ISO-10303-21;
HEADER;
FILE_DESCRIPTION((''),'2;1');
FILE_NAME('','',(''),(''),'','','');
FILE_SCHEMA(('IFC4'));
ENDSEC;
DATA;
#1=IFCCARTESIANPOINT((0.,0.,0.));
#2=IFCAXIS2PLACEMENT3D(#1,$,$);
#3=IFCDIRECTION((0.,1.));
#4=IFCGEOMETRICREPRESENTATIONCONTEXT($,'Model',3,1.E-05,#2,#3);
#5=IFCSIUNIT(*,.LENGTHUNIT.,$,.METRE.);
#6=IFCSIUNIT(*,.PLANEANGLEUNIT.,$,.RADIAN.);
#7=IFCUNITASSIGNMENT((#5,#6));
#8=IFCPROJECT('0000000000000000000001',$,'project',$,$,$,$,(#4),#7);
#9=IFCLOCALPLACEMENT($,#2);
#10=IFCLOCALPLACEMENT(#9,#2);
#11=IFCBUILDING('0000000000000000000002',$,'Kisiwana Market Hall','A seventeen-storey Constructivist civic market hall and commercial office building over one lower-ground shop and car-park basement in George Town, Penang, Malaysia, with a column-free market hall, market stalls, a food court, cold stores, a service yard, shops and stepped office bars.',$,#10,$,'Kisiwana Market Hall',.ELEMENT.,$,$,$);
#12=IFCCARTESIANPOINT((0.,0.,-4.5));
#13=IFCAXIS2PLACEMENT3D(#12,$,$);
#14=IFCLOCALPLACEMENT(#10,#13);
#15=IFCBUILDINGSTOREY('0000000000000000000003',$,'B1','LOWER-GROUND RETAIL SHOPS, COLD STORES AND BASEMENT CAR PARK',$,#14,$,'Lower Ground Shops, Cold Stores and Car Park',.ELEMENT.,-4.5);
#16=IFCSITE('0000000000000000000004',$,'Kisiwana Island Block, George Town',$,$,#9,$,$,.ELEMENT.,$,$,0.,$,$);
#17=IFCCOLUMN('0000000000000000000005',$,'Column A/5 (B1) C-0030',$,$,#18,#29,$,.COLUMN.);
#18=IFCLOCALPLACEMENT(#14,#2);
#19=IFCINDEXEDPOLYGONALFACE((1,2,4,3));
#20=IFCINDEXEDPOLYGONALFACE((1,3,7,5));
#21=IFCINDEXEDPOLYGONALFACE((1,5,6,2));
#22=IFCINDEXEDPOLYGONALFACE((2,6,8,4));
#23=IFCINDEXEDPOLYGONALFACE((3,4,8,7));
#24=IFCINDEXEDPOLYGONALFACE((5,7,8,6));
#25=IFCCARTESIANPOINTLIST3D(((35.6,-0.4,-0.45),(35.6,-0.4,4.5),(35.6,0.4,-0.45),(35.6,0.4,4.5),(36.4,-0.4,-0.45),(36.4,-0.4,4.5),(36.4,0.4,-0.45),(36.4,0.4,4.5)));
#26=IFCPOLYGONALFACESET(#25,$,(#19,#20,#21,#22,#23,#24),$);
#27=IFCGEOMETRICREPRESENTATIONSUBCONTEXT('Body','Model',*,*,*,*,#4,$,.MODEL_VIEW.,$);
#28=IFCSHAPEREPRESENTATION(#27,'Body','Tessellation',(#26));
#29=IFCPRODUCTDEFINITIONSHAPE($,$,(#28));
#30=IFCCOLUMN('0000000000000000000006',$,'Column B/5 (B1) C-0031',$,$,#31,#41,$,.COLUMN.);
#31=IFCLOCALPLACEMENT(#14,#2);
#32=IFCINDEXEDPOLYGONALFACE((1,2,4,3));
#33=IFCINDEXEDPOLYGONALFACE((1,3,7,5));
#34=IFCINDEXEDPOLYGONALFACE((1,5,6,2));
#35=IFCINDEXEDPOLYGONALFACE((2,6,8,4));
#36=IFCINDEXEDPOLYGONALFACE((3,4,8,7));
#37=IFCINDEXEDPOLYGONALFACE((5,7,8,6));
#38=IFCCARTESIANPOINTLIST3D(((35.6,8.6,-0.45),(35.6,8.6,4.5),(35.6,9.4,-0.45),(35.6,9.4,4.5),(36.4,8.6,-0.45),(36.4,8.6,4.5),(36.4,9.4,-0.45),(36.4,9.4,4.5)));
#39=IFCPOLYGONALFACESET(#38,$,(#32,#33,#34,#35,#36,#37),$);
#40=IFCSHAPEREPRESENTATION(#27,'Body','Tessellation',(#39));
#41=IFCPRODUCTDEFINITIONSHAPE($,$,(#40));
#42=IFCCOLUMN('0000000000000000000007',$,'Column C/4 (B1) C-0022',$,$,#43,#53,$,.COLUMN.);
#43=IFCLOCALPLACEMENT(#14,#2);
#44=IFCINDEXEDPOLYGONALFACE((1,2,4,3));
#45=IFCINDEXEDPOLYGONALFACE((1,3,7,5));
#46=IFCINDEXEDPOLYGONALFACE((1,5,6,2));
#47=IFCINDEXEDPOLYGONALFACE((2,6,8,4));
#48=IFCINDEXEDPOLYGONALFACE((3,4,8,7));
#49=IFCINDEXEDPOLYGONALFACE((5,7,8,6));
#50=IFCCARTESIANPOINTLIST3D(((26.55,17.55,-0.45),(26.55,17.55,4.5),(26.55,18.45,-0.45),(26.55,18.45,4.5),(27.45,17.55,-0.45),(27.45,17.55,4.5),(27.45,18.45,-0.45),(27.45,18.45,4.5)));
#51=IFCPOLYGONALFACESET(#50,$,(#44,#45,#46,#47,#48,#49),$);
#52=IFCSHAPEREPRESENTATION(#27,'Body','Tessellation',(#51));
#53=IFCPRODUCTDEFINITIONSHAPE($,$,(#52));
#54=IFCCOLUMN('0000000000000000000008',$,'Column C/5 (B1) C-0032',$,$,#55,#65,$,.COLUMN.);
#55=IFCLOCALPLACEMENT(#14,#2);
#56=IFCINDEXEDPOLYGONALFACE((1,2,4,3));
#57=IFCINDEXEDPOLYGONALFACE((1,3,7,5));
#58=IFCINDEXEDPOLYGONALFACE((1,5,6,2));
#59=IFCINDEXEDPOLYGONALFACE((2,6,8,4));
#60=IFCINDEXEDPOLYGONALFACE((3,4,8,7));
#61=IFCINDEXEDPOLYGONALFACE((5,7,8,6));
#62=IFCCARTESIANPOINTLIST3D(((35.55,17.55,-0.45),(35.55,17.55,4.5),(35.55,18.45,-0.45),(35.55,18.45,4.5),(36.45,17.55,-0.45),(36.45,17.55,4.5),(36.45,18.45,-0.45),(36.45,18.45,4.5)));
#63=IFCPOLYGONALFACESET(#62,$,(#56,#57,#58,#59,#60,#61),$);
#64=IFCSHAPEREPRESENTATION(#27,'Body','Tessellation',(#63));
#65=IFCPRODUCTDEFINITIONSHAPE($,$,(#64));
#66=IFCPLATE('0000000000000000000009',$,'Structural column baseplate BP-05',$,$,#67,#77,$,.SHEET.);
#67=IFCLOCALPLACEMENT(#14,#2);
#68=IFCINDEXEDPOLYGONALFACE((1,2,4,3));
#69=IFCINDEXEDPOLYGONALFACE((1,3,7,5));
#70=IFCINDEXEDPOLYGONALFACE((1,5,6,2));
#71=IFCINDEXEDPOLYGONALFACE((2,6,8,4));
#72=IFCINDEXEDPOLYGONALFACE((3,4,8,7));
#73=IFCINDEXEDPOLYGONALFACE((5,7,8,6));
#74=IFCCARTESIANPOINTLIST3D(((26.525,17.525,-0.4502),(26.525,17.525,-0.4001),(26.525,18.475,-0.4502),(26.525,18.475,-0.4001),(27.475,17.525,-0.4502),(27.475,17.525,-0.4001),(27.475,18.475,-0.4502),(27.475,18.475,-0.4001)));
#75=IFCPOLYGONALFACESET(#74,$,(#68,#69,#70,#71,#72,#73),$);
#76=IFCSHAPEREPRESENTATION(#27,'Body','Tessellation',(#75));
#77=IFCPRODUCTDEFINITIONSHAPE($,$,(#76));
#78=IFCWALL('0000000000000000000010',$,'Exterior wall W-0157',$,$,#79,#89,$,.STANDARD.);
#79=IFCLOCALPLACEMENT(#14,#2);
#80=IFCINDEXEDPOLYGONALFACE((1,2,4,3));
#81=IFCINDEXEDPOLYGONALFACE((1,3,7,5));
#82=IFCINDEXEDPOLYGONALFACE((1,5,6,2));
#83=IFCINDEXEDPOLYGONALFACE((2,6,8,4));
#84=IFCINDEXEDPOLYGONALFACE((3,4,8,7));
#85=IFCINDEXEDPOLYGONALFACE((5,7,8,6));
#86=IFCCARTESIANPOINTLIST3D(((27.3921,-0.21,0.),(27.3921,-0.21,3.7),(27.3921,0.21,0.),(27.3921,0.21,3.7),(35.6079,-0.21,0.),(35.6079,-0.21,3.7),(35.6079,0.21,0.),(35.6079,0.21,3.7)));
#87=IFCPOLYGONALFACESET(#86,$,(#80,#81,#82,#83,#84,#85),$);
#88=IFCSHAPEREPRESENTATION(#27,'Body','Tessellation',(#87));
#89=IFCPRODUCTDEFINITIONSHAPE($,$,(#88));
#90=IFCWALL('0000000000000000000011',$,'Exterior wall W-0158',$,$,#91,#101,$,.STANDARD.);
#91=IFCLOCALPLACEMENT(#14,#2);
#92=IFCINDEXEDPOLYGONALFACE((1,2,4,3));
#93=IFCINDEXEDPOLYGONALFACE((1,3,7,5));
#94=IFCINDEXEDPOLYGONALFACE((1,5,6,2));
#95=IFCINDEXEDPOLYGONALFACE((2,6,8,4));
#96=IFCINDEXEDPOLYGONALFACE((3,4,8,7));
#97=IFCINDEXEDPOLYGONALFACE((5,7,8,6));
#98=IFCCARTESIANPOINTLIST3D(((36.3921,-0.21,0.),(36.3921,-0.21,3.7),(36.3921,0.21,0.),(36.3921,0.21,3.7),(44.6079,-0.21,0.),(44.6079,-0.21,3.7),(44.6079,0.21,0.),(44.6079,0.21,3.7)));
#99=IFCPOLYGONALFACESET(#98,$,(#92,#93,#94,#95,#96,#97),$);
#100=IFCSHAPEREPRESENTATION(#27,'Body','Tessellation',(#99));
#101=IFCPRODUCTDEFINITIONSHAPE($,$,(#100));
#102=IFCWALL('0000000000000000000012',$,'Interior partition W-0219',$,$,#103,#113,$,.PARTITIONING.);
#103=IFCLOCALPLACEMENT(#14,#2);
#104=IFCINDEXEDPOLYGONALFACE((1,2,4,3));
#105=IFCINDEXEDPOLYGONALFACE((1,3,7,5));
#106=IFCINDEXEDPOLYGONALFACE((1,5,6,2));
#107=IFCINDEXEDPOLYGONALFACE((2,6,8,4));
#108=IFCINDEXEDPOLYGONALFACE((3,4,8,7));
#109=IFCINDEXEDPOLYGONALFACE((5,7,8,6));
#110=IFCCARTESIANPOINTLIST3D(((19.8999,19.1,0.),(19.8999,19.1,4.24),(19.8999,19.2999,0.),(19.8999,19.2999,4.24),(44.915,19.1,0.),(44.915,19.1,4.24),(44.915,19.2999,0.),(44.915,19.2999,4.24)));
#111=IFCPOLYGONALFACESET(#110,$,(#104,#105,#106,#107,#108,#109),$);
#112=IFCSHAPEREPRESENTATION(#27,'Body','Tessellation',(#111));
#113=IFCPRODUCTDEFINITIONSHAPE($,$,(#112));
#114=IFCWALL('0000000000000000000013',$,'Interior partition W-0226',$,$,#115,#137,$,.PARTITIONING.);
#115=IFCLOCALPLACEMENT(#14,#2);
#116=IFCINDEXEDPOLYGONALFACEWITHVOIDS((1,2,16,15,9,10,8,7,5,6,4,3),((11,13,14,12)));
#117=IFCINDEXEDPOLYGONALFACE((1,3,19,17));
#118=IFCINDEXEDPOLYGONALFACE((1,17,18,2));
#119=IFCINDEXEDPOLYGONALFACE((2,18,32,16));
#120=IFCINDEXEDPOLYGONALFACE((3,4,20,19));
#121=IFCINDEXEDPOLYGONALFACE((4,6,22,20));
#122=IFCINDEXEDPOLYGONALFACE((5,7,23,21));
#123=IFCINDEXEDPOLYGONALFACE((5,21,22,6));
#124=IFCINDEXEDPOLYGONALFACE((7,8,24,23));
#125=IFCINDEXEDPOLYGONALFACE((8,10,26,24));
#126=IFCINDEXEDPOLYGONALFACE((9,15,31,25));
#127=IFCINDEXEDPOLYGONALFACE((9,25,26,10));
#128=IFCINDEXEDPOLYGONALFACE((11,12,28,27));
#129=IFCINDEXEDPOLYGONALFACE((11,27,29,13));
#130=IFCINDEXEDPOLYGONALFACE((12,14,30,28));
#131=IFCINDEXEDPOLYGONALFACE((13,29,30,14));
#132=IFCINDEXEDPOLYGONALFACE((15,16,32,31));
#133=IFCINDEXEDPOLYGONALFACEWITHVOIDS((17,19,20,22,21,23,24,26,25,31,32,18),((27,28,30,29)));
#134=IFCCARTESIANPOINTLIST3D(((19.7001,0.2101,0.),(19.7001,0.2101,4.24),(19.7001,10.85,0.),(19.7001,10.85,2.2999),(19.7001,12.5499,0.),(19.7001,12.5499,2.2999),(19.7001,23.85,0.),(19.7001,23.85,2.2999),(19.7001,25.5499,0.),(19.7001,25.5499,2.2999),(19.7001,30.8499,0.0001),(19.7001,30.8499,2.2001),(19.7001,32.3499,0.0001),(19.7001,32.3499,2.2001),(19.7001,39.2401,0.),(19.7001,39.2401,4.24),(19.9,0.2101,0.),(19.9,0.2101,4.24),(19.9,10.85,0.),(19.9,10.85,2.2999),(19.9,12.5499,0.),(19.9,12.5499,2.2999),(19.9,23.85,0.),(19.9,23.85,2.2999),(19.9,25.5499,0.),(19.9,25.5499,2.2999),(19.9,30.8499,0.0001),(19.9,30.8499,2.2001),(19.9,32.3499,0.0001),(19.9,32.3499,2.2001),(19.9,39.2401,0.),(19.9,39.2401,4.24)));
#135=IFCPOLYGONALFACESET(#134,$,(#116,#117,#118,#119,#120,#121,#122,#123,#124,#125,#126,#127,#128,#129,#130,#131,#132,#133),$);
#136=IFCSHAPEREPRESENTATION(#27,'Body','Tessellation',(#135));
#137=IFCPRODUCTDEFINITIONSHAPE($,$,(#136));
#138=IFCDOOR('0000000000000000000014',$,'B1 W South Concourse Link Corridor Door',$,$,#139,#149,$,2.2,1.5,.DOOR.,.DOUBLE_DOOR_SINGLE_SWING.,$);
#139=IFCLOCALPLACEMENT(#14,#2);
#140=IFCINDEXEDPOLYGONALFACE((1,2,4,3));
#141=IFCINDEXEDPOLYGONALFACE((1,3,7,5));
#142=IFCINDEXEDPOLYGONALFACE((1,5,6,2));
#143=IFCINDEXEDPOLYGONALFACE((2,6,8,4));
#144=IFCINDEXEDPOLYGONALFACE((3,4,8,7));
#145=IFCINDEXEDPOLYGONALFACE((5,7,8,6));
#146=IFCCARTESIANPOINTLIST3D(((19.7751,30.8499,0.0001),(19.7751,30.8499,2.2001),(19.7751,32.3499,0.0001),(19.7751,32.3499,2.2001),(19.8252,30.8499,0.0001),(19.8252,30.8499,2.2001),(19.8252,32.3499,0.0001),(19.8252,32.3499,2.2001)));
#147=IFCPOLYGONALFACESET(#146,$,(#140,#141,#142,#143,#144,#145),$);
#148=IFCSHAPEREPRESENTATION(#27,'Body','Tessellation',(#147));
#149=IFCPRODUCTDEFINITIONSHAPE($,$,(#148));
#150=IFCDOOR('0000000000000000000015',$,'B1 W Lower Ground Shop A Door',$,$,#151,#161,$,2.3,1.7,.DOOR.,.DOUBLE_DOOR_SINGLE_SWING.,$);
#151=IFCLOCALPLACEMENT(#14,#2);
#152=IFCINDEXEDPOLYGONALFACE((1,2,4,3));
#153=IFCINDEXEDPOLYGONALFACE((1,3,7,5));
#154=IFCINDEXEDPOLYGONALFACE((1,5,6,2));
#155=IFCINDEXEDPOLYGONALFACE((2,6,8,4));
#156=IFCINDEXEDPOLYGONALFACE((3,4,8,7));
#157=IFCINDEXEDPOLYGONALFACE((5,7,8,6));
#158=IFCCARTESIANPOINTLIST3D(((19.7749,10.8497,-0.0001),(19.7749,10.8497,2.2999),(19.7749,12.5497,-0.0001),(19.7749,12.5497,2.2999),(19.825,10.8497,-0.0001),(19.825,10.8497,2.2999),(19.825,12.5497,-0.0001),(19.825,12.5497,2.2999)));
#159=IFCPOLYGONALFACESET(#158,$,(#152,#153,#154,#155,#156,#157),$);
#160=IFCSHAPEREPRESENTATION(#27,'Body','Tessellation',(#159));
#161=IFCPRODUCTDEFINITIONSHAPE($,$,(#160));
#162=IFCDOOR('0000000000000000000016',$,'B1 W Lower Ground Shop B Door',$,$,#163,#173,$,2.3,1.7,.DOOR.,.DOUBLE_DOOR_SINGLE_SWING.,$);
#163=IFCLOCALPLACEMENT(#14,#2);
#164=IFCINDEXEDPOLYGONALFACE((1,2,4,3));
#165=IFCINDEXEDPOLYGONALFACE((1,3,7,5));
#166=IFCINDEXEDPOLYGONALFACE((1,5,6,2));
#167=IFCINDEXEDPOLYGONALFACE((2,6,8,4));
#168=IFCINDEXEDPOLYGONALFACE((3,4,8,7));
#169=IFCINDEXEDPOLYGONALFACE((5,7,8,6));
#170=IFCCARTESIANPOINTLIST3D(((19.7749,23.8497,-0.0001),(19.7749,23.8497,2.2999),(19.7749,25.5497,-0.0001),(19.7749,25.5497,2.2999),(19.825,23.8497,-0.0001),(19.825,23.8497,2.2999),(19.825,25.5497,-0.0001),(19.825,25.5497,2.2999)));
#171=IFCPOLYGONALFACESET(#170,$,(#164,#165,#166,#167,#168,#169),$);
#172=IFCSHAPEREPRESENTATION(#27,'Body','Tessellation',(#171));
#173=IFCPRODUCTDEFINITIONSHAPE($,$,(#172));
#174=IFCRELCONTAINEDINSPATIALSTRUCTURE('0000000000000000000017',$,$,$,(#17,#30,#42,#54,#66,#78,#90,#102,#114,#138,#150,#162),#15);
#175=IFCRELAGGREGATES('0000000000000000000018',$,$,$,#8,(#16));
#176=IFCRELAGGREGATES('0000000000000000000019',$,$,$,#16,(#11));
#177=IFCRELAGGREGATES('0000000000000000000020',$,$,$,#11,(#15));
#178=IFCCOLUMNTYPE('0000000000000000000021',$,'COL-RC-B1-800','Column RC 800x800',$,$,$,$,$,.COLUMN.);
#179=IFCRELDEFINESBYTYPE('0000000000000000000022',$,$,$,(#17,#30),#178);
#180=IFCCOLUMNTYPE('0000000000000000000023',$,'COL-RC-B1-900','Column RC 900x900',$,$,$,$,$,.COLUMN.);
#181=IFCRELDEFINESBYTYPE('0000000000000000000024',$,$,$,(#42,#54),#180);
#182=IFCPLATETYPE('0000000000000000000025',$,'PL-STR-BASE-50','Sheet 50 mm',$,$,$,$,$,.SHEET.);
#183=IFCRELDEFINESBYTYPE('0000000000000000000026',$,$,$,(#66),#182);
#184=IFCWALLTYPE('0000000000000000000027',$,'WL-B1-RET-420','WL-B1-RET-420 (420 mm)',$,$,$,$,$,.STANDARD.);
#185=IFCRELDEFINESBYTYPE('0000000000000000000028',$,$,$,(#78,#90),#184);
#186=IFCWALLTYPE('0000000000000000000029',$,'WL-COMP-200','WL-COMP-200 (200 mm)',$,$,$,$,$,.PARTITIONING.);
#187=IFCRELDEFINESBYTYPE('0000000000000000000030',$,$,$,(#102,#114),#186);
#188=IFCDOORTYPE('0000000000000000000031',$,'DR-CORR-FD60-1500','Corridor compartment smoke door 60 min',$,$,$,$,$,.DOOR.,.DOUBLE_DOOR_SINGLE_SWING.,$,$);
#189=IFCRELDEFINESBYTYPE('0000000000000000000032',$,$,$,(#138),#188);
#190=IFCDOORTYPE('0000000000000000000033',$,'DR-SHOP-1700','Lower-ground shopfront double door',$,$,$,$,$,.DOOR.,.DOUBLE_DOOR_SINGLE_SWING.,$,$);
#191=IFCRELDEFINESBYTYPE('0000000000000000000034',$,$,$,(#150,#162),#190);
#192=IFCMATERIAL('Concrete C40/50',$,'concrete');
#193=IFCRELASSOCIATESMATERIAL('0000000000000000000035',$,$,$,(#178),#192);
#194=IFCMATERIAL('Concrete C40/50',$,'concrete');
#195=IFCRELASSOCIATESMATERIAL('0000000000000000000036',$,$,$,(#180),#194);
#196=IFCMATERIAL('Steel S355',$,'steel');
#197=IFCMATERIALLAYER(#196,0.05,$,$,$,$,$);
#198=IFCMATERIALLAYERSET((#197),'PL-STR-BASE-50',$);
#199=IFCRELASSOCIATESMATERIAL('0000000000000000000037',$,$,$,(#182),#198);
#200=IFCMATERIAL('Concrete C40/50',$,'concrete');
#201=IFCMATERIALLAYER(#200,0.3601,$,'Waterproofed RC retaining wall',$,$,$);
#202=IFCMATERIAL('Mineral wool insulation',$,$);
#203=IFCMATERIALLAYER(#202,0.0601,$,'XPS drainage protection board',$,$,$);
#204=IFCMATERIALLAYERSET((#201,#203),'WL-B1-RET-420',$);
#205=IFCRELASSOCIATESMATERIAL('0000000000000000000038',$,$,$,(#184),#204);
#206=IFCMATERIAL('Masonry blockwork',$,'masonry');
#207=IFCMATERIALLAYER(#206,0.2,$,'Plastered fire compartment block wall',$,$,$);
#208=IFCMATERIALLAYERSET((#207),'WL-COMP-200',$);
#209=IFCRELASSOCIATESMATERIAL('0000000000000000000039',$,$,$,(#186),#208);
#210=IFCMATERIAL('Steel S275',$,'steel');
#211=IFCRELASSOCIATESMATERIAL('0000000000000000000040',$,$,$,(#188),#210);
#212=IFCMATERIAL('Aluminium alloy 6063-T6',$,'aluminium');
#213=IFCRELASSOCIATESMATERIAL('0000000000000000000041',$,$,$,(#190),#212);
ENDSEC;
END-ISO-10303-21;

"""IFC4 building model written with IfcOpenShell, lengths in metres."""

from ifc_helpers import new_model, si_unit, direction, frame, frame_2d, origin, origin_2d, place, context, subcontext, project, spatial, rectangle, extrude, material, layer, layer_set, material_profile, profile_set, type_object, element, fill, save


model = new_model("IFC4")

# Units and contexts
model_context = context("Model", 3, precision=1e-05, world=origin(), true_north=direction((0.0, 1.0)))
body_context = subcontext(model_context, "Body", "Model", "MODEL_VIEW")
ifc_project = project(units=[si_unit("LENGTHUNIT", "METRE"), si_unit("PLANEANGLEUNIT", "RADIAN")], contexts=[model_context])

# Site, building, storey
site_placement = place(None, origin())
site = spatial("IfcSite", under=ifc_project, at=site_placement, Name="Kisiwana Island Block, George Town", CompositionType="ELEMENT", RefElevation=0.0)
building_placement = place(site_placement, origin())
building = spatial("IfcBuilding", under=site, at=building_placement, Name="Kisiwana Market Hall", Description="A seventeen-storey Constructivist civic market hall and commercial office building over one lower-ground shop and car-park basement in George Town, Penang, Malaysia, with a column-free market hall, market stalls, a food court, cold stores, a service yard, shops and stepped office bars.", LongName="Kisiwana Market Hall", CompositionType="ELEMENT")
storey_placement = place(building_placement, frame((0.0, 0.0, -4.5)))
storey = spatial("IfcBuildingStorey", under=building, at=storey_placement, Name="B1", Description="LOWER-GROUND RETAIL SHOPS, COLD STORES AND BASEMENT CAR PARK", LongName="Lower Ground Shops, Cold Stores and Car Park", CompositionType="ELEMENT", Elevation=-4.5)

# Columns
ifc_material_1 = material(Name="Concrete C40/50", Category="concrete")
ifc_material_profile_1 = material_profile(ifc_material_1, rectangle(XDim=0.8, YDim=0.8, at=origin_2d()), Name="RC 800x800")
ifc_profile_set_1 = profile_set([ifc_material_profile_1], Name="Concrete C40/50")
column_type_1 = type_object("IfcColumnType", Name="COL-RC-B1-800", Description="Column RC 800x800", PredefinedType="COLUMN", material=ifc_profile_set_1)
for number, where, z_axis, x_axis, name in (
    (1, (36.0, 0.0, -0.45), (0.0, 0.0, 1.0), (1.0, 0.0, 0.0), "Column A/5 (B1) C-0030"),
    (2, (36.0, 9.0, -0.45), (0.0, 0.0, 1.0), (1.0, 0.0, 0.0), "Column B/5 (B1) C-0031"),
):
    element("IfcColumn", number, at=place(storey_placement, frame(where, z_axis=z_axis, x_axis=x_axis)), inside=storey, type_object=column_type_1, Name=name, PredefinedType="COLUMN", context=body_context, shape_type="SweptSolid", body=[
        extrude(rectangle(XDim=0.8, YDim=0.8, at=origin_2d()), origin(), (0.0, 0.0, 1.0), 4.95),
    ])
ifc_material_2 = material(Name="Concrete C40/50", Category="concrete")
ifc_material_profile_2 = material_profile(ifc_material_2, rectangle(XDim=0.8999, YDim=0.8999, at=origin_2d()), Name="RC 900x900")
ifc_profile_set_2 = profile_set([ifc_material_profile_2], Name="Concrete C40/50")
column_type_2 = type_object("IfcColumnType", Name="COL-RC-B1-900", Description="Column RC 900x900", PredefinedType="COLUMN", material=ifc_profile_set_2)
for number, where, z_axis, x_axis, name in (
    (3, (27.0, 18.0, -0.45), (0.0, 0.0, 1.0), (1.0, 0.0, 0.0), "Column C/4 (B1) C-0022"),
    (4, (36.0, 18.0, -0.45), (0.0, 0.0, 1.0), (1.0, 0.0, 0.0), "Column C/5 (B1) C-0032"),
):
    element("IfcColumn", number, at=place(storey_placement, frame(where, z_axis=z_axis, x_axis=x_axis)), inside=storey, type_object=column_type_2, Name=name, PredefinedType="COLUMN", context=body_context, shape_type="SweptSolid", body=[
        extrude(rectangle(XDim=0.8999, YDim=0.8999, at=origin_2d()), origin(), (0.0, 0.0, 1.0), 4.95),
    ])

# Plate
ifc_material_3 = material(Name="Steel S355", Category="steel")
ifc_layer_1 = layer(ifc_material_3, 0.05)
ifc_layer_set_1 = layer_set([ifc_layer_1], Name="PL-STR-BASE-50")
plate_type = type_object("IfcPlateType", Name="PL-STR-BASE-50", Description="Sheet 50 mm", PredefinedType="SHEET", material=ifc_layer_set_1)
plate_placement = place(storey_placement, frame((27.0, 18.0, -0.4502), z_axis=(0.0, 0.0, 1.0), x_axis=(1.0, 0.0, 0.0)))
element("IfcPlate", 5, at=plate_placement, inside=storey, type_object=plate_type, Name="Structural column baseplate BP-05", PredefinedType="SHEET", context=body_context, shape_type="SweptSolid", body=[
    extrude(rectangle(XDim=0.95, YDim=0.95, at=origin_2d()), origin(), (0.0, 0.0, 1.0), 0.05),
])

# Walls
ifc_material_4 = material(Name="Concrete C40/50", Category="concrete")
ifc_layer_2 = layer(ifc_material_4, 0.3601, Name="Waterproofed RC retaining wall")
ifc_material_5 = material(Name="Mineral wool insulation")
ifc_layer_3 = layer(ifc_material_5, 0.0601, Name="XPS drainage protection board")
ifc_layer_set_2 = layer_set([ifc_layer_2, ifc_layer_3], Name="WL-B1-RET-420")
wall_type_1 = type_object("IfcWallType", Name="WL-B1-RET-420", Description="WL-B1-RET-420 (420 mm)", PredefinedType="STANDARD", material=ifc_layer_set_2)
for number, where, z_axis, x_axis, name in (
    (6, (27.3921, 0.0, 0.0), (0.0, 0.0, 1.0), (1.0, 0.0, 0.0), "Exterior wall W-0157"),
    (7, (36.3921, 0.0, 0.0), (0.0, 0.0, 1.0), (1.0, 0.0, 0.0), "Exterior wall W-0158"),
):
    element("IfcWall", number, at=place(storey_placement, frame(where, z_axis=z_axis, x_axis=x_axis)), inside=storey, type_object=wall_type_1, Name=name, PredefinedType="STANDARD", context=body_context, shape_type="SweptSolid", body=[
        extrude(rectangle(XDim=8.2158, YDim=0.4199, at=frame_2d((4.1079, 0.0))), origin(), (0.0, 0.0, 1.0), 3.7),
    ])
ifc_material_6 = material(Name="Masonry blockwork", Category="masonry")
ifc_layer_4 = layer(ifc_material_6, 0.2, Name="Plastered fire compartment block wall")
ifc_layer_set_3 = layer_set([ifc_layer_4], Name="WL-COMP-200")
wall_type_2 = type_object("IfcWallType", Name="WL-COMP-200", Description="WL-COMP-200 (200 mm)", PredefinedType="PARTITIONING", material=ifc_layer_set_3)
wall_1_placement = place(storey_placement, frame((19.8999, 19.2, 0.0), z_axis=(0.0, 0.0, 1.0), x_axis=(1.0, 0.0, 0.0)))
element("IfcWall", 8, at=wall_1_placement, inside=storey, type_object=wall_type_2, Name="Interior partition W-0219", PredefinedType="PARTITIONING", context=body_context, shape_type="SweptSolid", body=[
    extrude(rectangle(XDim=25.0151, YDim=0.2, at=frame_2d((12.5076, 0.0))), origin(), (0.0, 0.0, 1.0), 4.24),
])

# Wall, openings, doors
wall_2_placement = place(storey_placement, frame((19.8, 0.21, 0.0), z_axis=(0.0, 0.0, 1.0), x_axis=(0.0, 1.0, 0.0)))
wall_2 = element("IfcWall", 9, at=wall_2_placement, inside=storey, type_object=wall_type_2, Name="Interior partition W-0226", PredefinedType="PARTITIONING", context=body_context, shape_type="SweptSolid", body=[
    extrude(rectangle(XDim=39.03, YDim=0.2, at=frame_2d((19.5151, 0.0))), origin(), (0.0, 0.0, 1.0), 4.24),
])
opening_1_placement = place(wall_2_placement, frame((10.6399, 0.0, 0.0)))
opening_1 = element("IfcOpeningElement", 10, at=opening_1_placement, cuts=wall_2, PredefinedType="OPENING", context=body_context, shape_type="SweptSolid", body=[
    extrude(rectangle(XDim=1.7, YDim=2.3, at=frame_2d((0.8501, 1.1499))), frame((0.0, 0.1118, 0.0), z_axis=(0.0, -1.0, 0.0), x_axis=(1.0, 0.0, 0.0)), (0.0, 0.0, 1.0), 0.2239),
])
opening_2_placement = place(wall_2_placement, frame((23.6399, 0.0, 0.0)))
opening_2 = element("IfcOpeningElement", 11, at=opening_2_placement, cuts=wall_2, PredefinedType="OPENING", context=body_context, shape_type="SweptSolid", body=[
    extrude(rectangle(XDim=1.7, YDim=2.3, at=frame_2d((0.8501, 1.1499))), frame((0.0, 0.1118, 0.0), z_axis=(0.0, -1.0, 0.0), x_axis=(1.0, 0.0, 0.0)), (0.0, 0.0, 1.0), 0.2239),
])
opening_3_placement = place(wall_2_placement, frame((30.6399, 0.0, 0.0)))
opening_3 = element("IfcOpeningElement", 12, at=opening_3_placement, cuts=wall_2, PredefinedType="OPENING", context=body_context, shape_type="SweptSolid", body=[
    extrude(rectangle(XDim=1.5, YDim=2.2, at=frame_2d((0.75, 1.1001))), frame((0.0, 0.1118, 0.0), z_axis=(0.0, -1.0, 0.0), x_axis=(1.0, 0.0, 0.0)), (0.0, 0.0, 1.0), 0.2239),
])
ifc_material_7 = material(Name="Steel S275", Category="steel")
door_type_1 = type_object("IfcDoorType", Name="DR-CORR-FD60-1500", Description="Corridor compartment smoke door 60 min", OperationType="DOUBLE_DOOR_SINGLE_SWING", PredefinedType="DOOR", material=ifc_material_7)
door_1_placement = place(opening_3_placement, origin())
door_1 = element("IfcDoor", 13, at=door_1_placement, inside=storey, type_object=door_type_1, Name="B1 W South Concourse Link Corridor Door", OperationType="DOUBLE_DOOR_SINGLE_SWING", OverallHeight=2.2, OverallWidth=1.5, PredefinedType="DOOR", context=body_context, shape_type="SweptSolid", body=[
    extrude(rectangle(XDim=1.5, YDim=2.2, at=frame_2d((0.75, 1.1001))), frame((0.0, 0.0249, 0.0), z_axis=(0.0, -1.0, 0.0), x_axis=(1.0, 0.0, 0.0)), (0.0, 0.0, 1.0), 0.05),
])
fill(opening_3, door_1)
ifc_material_8 = material(Name="Aluminium alloy 6063-T6", Category="aluminium")
door_type_2 = type_object("IfcDoorType", Name="DR-SHOP-1700", Description="Lower-ground shopfront double door", OperationType="DOUBLE_DOOR_SINGLE_SWING", PredefinedType="DOOR", material=ifc_material_8)
door_2_placement = place(opening_1_placement, frame((1.7, 0.0, 0.0), z_axis=(0.0, 0.0, 1.0), x_axis=(-1.0, 0.0, 0.0)))
door_2 = element("IfcDoor", 14, at=door_2_placement, inside=storey, type_object=door_type_2, Name="B1 W Lower Ground Shop A Door", OperationType="DOUBLE_DOOR_SINGLE_SWING", OverallHeight=2.3, OverallWidth=1.7, PredefinedType="DOOR", context=body_context, shape_type="SweptSolid", body=[
    extrude(rectangle(XDim=1.7, YDim=2.3, at=frame_2d((0.8501, 1.1499))), frame((0.0, 0.0249, 0.0), z_axis=(0.0, -1.0, 0.0), x_axis=(1.0, 0.0, 0.0)), (0.0, 0.0, 1.0), 0.05),
])
fill(opening_1, door_2)
door_3_placement = place(opening_2_placement, frame((1.7, 0.0, 0.0), z_axis=(0.0, 0.0, 1.0), x_axis=(-1.0, 0.0, 0.0)))
door_3 = element("IfcDoor", 15, at=door_3_placement, inside=storey, type_object=door_type_2, Name="B1 W Lower Ground Shop B Door", OperationType="DOUBLE_DOOR_SINGLE_SWING", OverallHeight=2.3, OverallWidth=1.7, PredefinedType="DOOR", context=body_context, shape_type="SweptSolid", body=[
    extrude(rectangle(XDim=1.7, YDim=2.3, at=frame_2d((0.8501, 1.1499))), frame((0.0, 0.0249, 0.0), z_axis=(0.0, -1.0, 0.0), x_axis=(1.0, 0.0, 0.0)), (0.0, 0.0, 1.0), 0.05),
])
fill(opening_2, door_3)

save(model, "model.ifc")
